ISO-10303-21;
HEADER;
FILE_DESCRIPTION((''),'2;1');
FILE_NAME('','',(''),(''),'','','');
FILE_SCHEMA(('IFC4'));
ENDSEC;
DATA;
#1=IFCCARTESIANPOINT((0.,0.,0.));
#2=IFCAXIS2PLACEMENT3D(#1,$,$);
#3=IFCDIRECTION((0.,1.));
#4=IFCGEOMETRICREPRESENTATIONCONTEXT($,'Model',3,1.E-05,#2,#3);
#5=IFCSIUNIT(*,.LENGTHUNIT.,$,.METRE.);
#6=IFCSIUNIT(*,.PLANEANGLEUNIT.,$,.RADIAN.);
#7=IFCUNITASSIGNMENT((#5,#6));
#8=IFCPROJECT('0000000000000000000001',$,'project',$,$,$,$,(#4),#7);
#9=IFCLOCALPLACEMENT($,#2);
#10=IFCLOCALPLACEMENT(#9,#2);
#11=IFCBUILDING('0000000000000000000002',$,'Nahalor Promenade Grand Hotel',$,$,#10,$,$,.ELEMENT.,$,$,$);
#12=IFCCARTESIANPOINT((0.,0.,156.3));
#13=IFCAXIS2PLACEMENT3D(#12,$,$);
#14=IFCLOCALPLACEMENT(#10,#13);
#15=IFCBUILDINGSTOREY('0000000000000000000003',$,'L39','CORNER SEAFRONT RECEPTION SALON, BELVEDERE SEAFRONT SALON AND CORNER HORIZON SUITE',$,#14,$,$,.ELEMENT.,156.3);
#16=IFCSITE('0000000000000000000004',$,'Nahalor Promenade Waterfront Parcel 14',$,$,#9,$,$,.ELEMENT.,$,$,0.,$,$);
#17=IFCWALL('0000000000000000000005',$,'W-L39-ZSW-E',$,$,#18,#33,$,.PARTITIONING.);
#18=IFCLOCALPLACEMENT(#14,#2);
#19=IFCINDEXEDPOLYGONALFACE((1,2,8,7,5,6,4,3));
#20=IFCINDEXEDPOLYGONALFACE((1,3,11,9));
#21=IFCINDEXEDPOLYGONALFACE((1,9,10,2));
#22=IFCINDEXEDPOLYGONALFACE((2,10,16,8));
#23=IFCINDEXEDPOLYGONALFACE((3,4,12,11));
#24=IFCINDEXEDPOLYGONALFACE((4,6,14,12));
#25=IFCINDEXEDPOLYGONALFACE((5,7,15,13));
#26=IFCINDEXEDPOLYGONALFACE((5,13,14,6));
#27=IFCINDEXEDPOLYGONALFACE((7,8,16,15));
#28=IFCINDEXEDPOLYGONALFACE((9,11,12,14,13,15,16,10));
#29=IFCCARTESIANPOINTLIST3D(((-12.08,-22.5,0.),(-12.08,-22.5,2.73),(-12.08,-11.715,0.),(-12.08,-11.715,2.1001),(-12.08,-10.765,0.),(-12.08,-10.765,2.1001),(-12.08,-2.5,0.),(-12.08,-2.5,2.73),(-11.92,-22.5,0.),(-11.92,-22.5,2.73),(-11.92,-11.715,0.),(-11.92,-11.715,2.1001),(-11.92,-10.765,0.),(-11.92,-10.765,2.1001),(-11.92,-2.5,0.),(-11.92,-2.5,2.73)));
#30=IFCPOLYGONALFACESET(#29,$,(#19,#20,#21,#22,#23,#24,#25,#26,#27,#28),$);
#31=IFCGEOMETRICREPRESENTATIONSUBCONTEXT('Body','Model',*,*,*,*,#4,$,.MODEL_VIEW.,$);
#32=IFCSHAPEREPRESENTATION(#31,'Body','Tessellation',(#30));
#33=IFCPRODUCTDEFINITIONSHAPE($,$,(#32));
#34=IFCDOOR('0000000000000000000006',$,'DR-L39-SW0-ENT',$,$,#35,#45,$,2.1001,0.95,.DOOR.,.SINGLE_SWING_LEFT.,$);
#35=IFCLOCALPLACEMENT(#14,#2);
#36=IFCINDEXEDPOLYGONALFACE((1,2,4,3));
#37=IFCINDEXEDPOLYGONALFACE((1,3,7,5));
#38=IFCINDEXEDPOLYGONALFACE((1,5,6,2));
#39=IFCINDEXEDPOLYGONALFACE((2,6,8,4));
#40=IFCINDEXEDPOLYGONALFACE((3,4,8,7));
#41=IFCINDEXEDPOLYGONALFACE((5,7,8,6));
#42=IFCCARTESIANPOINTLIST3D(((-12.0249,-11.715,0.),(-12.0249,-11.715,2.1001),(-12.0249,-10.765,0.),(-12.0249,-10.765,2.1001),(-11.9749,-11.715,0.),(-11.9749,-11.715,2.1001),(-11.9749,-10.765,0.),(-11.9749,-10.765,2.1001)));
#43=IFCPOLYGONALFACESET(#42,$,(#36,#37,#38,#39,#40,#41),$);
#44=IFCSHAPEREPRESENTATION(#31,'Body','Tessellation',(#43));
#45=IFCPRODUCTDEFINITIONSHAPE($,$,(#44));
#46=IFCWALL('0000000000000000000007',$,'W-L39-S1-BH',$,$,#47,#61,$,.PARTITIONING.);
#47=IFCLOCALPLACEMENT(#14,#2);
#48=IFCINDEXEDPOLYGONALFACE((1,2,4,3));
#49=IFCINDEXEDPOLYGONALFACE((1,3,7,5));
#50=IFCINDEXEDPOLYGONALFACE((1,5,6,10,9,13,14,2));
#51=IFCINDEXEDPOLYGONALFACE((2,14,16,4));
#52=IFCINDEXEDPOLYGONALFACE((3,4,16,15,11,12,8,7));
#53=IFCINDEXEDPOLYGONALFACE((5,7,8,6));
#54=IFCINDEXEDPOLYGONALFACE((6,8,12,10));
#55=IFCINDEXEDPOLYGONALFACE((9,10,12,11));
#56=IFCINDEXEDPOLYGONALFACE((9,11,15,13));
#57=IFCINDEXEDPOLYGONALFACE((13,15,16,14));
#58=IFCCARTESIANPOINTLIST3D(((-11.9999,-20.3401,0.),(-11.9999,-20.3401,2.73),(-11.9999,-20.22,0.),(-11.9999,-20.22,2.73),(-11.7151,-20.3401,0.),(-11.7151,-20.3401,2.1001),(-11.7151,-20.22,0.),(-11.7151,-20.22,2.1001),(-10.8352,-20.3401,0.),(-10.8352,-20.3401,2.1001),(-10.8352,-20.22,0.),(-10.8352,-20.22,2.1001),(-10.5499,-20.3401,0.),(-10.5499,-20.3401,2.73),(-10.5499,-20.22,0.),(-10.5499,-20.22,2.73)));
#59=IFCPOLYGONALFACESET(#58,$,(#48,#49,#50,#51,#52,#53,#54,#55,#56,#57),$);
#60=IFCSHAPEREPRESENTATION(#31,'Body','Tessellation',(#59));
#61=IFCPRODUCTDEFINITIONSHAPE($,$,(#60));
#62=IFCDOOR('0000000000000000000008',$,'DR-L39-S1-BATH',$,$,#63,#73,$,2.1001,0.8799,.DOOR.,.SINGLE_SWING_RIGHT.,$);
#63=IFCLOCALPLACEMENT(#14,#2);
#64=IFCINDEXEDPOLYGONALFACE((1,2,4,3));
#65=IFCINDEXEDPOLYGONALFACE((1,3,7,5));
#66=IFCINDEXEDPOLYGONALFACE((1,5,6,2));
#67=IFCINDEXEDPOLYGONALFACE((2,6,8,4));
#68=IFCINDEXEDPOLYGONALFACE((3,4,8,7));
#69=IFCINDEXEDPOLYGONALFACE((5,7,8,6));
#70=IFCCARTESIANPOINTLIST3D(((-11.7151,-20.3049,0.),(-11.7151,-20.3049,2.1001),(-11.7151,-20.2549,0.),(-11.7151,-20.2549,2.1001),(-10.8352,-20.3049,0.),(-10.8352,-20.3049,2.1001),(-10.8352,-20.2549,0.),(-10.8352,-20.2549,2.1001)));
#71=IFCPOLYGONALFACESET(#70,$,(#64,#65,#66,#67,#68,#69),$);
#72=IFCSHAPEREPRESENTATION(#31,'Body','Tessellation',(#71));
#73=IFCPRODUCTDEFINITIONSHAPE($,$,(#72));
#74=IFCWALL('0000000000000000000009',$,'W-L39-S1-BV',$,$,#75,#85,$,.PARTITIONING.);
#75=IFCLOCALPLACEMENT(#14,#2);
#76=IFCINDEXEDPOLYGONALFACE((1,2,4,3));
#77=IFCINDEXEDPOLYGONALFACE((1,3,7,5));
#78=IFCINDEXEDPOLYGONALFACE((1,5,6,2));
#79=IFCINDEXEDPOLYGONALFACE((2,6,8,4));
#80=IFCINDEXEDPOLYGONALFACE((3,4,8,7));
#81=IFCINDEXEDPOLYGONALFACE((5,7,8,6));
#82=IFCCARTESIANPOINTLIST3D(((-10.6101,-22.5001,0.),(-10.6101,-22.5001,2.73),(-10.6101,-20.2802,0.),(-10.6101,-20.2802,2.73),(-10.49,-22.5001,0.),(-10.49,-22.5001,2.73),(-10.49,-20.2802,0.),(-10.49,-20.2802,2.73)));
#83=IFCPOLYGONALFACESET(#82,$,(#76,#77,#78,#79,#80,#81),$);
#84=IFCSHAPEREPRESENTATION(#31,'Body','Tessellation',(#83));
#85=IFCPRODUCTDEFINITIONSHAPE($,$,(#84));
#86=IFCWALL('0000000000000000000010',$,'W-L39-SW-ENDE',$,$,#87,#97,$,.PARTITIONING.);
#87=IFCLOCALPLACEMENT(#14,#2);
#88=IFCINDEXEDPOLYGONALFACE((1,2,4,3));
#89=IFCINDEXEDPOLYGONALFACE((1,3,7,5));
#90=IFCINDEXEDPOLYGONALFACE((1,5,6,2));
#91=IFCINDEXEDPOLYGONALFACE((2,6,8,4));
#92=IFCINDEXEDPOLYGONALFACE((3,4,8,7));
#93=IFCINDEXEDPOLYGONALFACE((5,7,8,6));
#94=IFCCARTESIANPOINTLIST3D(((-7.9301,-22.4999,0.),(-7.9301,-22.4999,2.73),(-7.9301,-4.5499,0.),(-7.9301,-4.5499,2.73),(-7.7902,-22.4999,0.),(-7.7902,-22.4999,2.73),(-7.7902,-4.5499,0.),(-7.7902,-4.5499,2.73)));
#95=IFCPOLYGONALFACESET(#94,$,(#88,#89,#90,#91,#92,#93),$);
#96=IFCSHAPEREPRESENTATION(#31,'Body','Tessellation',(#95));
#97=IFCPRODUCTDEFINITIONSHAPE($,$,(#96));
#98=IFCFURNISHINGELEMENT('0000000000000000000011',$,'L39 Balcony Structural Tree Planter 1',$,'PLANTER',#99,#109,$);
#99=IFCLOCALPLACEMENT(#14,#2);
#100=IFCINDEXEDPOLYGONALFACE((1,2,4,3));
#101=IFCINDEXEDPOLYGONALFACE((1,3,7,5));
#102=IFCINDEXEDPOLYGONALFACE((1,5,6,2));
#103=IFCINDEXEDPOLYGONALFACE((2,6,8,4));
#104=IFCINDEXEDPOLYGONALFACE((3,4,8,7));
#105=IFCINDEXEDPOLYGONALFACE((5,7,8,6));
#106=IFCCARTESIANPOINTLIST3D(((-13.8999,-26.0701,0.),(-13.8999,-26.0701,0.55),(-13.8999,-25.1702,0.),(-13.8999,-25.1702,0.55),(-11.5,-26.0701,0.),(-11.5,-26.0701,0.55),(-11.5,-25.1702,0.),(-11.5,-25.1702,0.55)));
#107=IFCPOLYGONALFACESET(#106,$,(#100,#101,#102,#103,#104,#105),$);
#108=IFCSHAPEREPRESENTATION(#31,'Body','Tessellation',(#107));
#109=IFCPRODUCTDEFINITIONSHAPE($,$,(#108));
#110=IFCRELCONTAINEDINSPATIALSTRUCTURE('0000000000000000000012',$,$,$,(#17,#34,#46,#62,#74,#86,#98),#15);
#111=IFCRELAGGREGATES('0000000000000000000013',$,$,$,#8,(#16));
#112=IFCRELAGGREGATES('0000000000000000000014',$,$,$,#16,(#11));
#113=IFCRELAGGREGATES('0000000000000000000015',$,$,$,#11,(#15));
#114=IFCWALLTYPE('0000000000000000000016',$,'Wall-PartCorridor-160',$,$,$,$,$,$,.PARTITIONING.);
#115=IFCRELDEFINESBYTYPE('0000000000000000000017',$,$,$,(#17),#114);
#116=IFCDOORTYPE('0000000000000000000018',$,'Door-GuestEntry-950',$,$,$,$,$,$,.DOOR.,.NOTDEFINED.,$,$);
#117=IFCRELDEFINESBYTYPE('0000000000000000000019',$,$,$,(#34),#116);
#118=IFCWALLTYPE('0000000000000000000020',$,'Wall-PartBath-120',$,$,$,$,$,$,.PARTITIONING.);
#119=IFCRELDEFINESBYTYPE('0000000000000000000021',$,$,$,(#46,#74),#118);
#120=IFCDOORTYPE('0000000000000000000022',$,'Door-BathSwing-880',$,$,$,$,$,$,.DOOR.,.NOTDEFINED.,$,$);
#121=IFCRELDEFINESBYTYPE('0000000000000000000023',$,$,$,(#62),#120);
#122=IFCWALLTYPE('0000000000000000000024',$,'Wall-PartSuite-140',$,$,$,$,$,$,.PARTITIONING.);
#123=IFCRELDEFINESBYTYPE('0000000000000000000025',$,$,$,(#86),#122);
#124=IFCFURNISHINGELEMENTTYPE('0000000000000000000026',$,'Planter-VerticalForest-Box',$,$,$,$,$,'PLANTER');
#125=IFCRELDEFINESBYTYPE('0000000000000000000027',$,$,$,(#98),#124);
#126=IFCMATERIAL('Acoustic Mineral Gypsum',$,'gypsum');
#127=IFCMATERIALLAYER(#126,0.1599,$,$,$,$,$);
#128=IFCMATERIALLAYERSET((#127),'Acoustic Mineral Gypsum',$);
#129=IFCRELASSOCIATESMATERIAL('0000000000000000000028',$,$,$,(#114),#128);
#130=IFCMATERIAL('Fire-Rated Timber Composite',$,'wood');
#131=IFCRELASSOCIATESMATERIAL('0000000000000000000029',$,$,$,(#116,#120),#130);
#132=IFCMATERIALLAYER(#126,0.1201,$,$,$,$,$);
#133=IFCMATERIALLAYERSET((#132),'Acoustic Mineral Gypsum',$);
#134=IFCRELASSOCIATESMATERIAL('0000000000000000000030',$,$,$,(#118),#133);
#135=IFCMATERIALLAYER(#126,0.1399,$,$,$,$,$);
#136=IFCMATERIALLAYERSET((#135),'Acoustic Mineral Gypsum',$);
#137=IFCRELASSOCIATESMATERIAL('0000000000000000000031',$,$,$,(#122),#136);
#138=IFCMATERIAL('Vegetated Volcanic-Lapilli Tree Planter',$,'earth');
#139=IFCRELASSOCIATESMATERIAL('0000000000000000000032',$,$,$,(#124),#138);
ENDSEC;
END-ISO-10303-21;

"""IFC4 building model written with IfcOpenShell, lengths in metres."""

from ifc_helpers import new_model, si_unit, direction, frame, frame_2d, origin, origin_2d, place, context, subcontext, project, spatial, rectangle, extrude, source, transform, mapped, material, layer, layer_set, type_object, element, fill, save


model = new_model("IFC4")

# Units and contexts
model_context = context("Model", 3, precision=1e-05, world=origin(), true_north=direction((0.0, 1.0)))
body_context = subcontext(model_context, "Body", "Model", "MODEL_VIEW")
ifc_project = project(units=[si_unit("LENGTHUNIT", "METRE"), si_unit("PLANEANGLEUNIT", "RADIAN")], contexts=[model_context])

# Site, building, storey
site_placement = place(None, origin())
site = spatial("IfcSite", under=ifc_project, at=site_placement, Name="Nahalor Promenade Waterfront Parcel 14", CompositionType="ELEMENT", RefElevation=0.0)
building_placement = place(site_placement, origin())
building = spatial("IfcBuilding", under=site, at=building_placement, Name="Nahalor Promenade Grand Hotel", CompositionType="ELEMENT")
storey_placement = place(building_placement, frame((0.0, 0.0, 156.3)))
storey = spatial("IfcBuildingStorey", under=building, at=storey_placement, Name="L39", Description="CORNER SEAFRONT RECEPTION SALON, BELVEDERE SEAFRONT SALON AND CORNER HORIZON SUITE", CompositionType="ELEMENT", Elevation=156.3)

# Shared definitions
ifc_material_1 = material(Name="Acoustic Mineral Gypsum", Category="gypsum")
ifc_layer_1 = layer(ifc_material_1, 0.1599)
ifc_layer_set_1 = layer_set([ifc_layer_1], Name="Acoustic Mineral Gypsum")
wall_type_1 = type_object("IfcWallType", Name="Wall-PartCorridor-160", PredefinedType="PARTITIONING", material=ifc_layer_set_1)

# Walls, openings, doors
shared_shape_1 = source(origin(), body_context, "Body", "SweptSolid", [
    extrude(rectangle(XDim=20.0, YDim=0.1599, at=frame_2d((10.0, 0.0))), origin(), (0.0, 0.0, 1.0), 2.73),
])
wall_1_placement = place(storey_placement, frame((-12.0, -22.5, 0.0), z_axis=(0.0, 0.0, 1.0), x_axis=(0.0, 1.0, 0.0)))
wall_1 = element("IfcWall", 1, at=wall_1_placement, inside=storey, type_object=wall_type_1, Name="W-L39-ZSW-E", PredefinedType="PARTITIONING", context=body_context, shape_type="MappedRepresentation", body=[
    mapped(shared_shape_1, transform((0.0, 0.0, 0.0), scale=1.0)),
])
opening_1_placement = place(wall_1_placement, frame((10.7849, 0.0, 0.0)))
opening_1 = element("IfcOpeningElement", 2, at=opening_1_placement, cuts=wall_1, PredefinedType="OPENING", context=body_context, shape_type="SweptSolid", body=[
    extrude(rectangle(XDim=0.95, YDim=2.1001, at=frame_2d((0.4751, 1.05))), frame((0.0, 0.0898, 0.0), z_axis=(0.0, -1.0, 0.0), x_axis=(1.0, 0.0, 0.0)), (0.0, 0.0, 1.0), 0.1799),
])
ifc_material_2 = material(Name="Fire-Rated Timber Composite", Category="wood")
door_type_1 = type_object("IfcDoorType", Name="Door-GuestEntry-950", OperationType="NOTDEFINED", PredefinedType="DOOR", material=ifc_material_2)
shared_shape_2 = source(origin(), body_context, "Body", "SweptSolid", [
    extrude(rectangle(XDim=0.95, YDim=2.1001, at=frame_2d((0.4751, 1.05))), frame((0.0, 0.0249, 0.0), z_axis=(0.0, -1.0, 0.0), x_axis=(1.0, 0.0, 0.0)), (0.0, 0.0, 1.0), 0.05),
])
door_1_placement = place(opening_1_placement, origin())
door_1 = element("IfcDoor", 3, at=door_1_placement, inside=storey, type_object=door_type_1, Name="DR-L39-SW0-ENT", OperationType="SINGLE_SWING_LEFT", OverallHeight=2.1001, OverallWidth=0.95, PredefinedType="DOOR", context=body_context, shape_type="MappedRepresentation", body=[
    mapped(shared_shape_2, transform((0.0, 0.0, 0.0), scale=1.0)),
])
fill(opening_1, door_1)
ifc_layer_2 = layer(ifc_material_1, 0.1201)
ifc_layer_set_2 = layer_set([ifc_layer_2], Name="Acoustic Mineral Gypsum")
wall_type_2 = type_object("IfcWallType", Name="Wall-PartBath-120", PredefinedType="PARTITIONING", material=ifc_layer_set_2)
shared_shape_3 = source(origin(), body_context, "Body", "SweptSolid", [
    extrude(rectangle(XDim=1.45, YDim=0.1201, at=frame_2d((0.7251, 0.0))), origin(), (0.0, 0.0, 1.0), 2.73),
])
wall_2_placement = place(storey_placement, frame((-12.0, -20.28, 0.0), z_axis=(0.0, 0.0, 1.0), x_axis=(1.0, 0.0, 0.0)))
wall_2 = element("IfcWall", 4, at=wall_2_placement, inside=storey, type_object=wall_type_2, Name="W-L39-S1-BH", PredefinedType="PARTITIONING", context=body_context, shape_type="MappedRepresentation", body=[
    mapped(shared_shape_3, transform((0.0, 0.0, 0.0), scale=1.0)),
])
opening_2_placement = place(wall_2_placement, frame((0.2849, 0.0, 0.0)))
opening_2 = element("IfcOpeningElement", 5, at=opening_2_placement, cuts=wall_2, PredefinedType="OPENING", context=body_context, shape_type="SweptSolid", body=[
    extrude(rectangle(XDim=0.8799, YDim=2.1001, at=frame_2d((0.4399, 1.05))), frame((0.0, 0.0701, 0.0), z_axis=(0.0, -1.0, 0.0), x_axis=(1.0, 0.0, 0.0)), (0.0, 0.0, 1.0), 0.1401),
])
door_type_2 = type_object("IfcDoorType", Name="Door-BathSwing-880", OperationType="NOTDEFINED", PredefinedType="DOOR", material=ifc_material_2)
shared_shape_4 = source(origin(), body_context, "Body", "SweptSolid", [
    extrude(rectangle(XDim=0.8799, YDim=2.1001, at=frame_2d((0.4399, 1.05))), frame((0.0, 0.0249, 0.0), z_axis=(0.0, -1.0, 0.0), x_axis=(1.0, 0.0, 0.0)), (0.0, 0.0, 1.0), 0.05),
])
door_2_placement = place(opening_2_placement, frame((0.8799, 0.0, 0.0), z_axis=(0.0, 0.0, 1.0), x_axis=(-1.0, 0.0, 0.0)))
door_2 = element("IfcDoor", 6, at=door_2_placement, inside=storey, type_object=door_type_2, Name="DR-L39-S1-BATH", OperationType="SINGLE_SWING_RIGHT", OverallHeight=2.1001, OverallWidth=0.8799, PredefinedType="DOOR", context=body_context, shape_type="MappedRepresentation", body=[
    mapped(shared_shape_4, transform((0.0, 0.0, 0.0), scale=1.0)),
])
fill(opening_2, door_2)

# Walls
shared_shape_5 = source(origin(), body_context, "Body", "SweptSolid", [
    extrude(rectangle(XDim=2.22, YDim=0.1201, at=frame_2d((1.1099, 0.0))), origin(), (0.0, 0.0, 1.0), 2.73),
])
wall_3_placement = place(storey_placement, frame((-10.55, -22.5, 0.0), z_axis=(0.0, 0.0, 1.0), x_axis=(0.0, 1.0, 0.0)))
element("IfcWall", 7, at=wall_3_placement, inside=storey, type_object=wall_type_2, Name="W-L39-S1-BV", PredefinedType="PARTITIONING", context=body_context, shape_type="MappedRepresentation", body=[
    mapped(shared_shape_5, transform((0.0, 0.0, 0.0), scale=1.0)),
])
ifc_layer_3 = layer(ifc_material_1, 0.1399)
ifc_layer_set_3 = layer_set([ifc_layer_3], Name="Acoustic Mineral Gypsum")
wall_type_3 = type_object("IfcWallType", Name="Wall-PartSuite-140", PredefinedType="PARTITIONING", material=ifc_layer_set_3)
shared_shape_6 = source(origin(), body_context, "Body", "SweptSolid", [
    extrude(rectangle(XDim=17.95, YDim=0.1399, at=frame_2d((8.9751, 0.0))), origin(), (0.0, 0.0, 1.0), 2.73),
])
wall_4_placement = place(storey_placement, frame((-7.8601, -22.5, 0.0), z_axis=(0.0, 0.0, 1.0), x_axis=(0.0, 1.0, 0.0)))
element("IfcWall", 8, at=wall_4_placement, inside=storey, type_object=wall_type_3, Name="W-L39-SW-ENDE", PredefinedType="PARTITIONING", context=body_context, shape_type="MappedRepresentation", body=[
    mapped(shared_shape_6, transform((0.0, 0.0, 0.0), scale=1.0)),
])

# Furnishing element
ifc_material_3 = material(Name="Vegetated Volcanic-Lapilli Tree Planter", Category="earth")
furnishing_element_type = type_object("IfcFurnishingElementType", Name="Planter-VerticalForest-Box", ElementType="PLANTER", material=ifc_material_3)
shared_shape_7 = source(origin(), body_context, "Body", "SweptSolid", [
    extrude(rectangle(XDim=2.3999, YDim=0.8999, at=origin_2d()), origin(), (0.0, 0.0, 1.0), 0.55),
])
furnishing_placement = place(storey_placement, frame((-12.7, -25.6201, 0.0), z_axis=(0.0, 0.0, 1.0), x_axis=(1.0, 0.0, 0.0)))
element("IfcFurnishingElement", 9, at=furnishing_placement, inside=storey, type_object=furnishing_element_type, Name="L39 Balcony Structural Tree Planter 1", ObjectType="PLANTER", context=body_context, shape_type="MappedRepresentation", body=[
    mapped(shared_shape_7, transform((0.0, 0.0, 0.0), scale=1.0)),
])

save(model, "model.ifc")
